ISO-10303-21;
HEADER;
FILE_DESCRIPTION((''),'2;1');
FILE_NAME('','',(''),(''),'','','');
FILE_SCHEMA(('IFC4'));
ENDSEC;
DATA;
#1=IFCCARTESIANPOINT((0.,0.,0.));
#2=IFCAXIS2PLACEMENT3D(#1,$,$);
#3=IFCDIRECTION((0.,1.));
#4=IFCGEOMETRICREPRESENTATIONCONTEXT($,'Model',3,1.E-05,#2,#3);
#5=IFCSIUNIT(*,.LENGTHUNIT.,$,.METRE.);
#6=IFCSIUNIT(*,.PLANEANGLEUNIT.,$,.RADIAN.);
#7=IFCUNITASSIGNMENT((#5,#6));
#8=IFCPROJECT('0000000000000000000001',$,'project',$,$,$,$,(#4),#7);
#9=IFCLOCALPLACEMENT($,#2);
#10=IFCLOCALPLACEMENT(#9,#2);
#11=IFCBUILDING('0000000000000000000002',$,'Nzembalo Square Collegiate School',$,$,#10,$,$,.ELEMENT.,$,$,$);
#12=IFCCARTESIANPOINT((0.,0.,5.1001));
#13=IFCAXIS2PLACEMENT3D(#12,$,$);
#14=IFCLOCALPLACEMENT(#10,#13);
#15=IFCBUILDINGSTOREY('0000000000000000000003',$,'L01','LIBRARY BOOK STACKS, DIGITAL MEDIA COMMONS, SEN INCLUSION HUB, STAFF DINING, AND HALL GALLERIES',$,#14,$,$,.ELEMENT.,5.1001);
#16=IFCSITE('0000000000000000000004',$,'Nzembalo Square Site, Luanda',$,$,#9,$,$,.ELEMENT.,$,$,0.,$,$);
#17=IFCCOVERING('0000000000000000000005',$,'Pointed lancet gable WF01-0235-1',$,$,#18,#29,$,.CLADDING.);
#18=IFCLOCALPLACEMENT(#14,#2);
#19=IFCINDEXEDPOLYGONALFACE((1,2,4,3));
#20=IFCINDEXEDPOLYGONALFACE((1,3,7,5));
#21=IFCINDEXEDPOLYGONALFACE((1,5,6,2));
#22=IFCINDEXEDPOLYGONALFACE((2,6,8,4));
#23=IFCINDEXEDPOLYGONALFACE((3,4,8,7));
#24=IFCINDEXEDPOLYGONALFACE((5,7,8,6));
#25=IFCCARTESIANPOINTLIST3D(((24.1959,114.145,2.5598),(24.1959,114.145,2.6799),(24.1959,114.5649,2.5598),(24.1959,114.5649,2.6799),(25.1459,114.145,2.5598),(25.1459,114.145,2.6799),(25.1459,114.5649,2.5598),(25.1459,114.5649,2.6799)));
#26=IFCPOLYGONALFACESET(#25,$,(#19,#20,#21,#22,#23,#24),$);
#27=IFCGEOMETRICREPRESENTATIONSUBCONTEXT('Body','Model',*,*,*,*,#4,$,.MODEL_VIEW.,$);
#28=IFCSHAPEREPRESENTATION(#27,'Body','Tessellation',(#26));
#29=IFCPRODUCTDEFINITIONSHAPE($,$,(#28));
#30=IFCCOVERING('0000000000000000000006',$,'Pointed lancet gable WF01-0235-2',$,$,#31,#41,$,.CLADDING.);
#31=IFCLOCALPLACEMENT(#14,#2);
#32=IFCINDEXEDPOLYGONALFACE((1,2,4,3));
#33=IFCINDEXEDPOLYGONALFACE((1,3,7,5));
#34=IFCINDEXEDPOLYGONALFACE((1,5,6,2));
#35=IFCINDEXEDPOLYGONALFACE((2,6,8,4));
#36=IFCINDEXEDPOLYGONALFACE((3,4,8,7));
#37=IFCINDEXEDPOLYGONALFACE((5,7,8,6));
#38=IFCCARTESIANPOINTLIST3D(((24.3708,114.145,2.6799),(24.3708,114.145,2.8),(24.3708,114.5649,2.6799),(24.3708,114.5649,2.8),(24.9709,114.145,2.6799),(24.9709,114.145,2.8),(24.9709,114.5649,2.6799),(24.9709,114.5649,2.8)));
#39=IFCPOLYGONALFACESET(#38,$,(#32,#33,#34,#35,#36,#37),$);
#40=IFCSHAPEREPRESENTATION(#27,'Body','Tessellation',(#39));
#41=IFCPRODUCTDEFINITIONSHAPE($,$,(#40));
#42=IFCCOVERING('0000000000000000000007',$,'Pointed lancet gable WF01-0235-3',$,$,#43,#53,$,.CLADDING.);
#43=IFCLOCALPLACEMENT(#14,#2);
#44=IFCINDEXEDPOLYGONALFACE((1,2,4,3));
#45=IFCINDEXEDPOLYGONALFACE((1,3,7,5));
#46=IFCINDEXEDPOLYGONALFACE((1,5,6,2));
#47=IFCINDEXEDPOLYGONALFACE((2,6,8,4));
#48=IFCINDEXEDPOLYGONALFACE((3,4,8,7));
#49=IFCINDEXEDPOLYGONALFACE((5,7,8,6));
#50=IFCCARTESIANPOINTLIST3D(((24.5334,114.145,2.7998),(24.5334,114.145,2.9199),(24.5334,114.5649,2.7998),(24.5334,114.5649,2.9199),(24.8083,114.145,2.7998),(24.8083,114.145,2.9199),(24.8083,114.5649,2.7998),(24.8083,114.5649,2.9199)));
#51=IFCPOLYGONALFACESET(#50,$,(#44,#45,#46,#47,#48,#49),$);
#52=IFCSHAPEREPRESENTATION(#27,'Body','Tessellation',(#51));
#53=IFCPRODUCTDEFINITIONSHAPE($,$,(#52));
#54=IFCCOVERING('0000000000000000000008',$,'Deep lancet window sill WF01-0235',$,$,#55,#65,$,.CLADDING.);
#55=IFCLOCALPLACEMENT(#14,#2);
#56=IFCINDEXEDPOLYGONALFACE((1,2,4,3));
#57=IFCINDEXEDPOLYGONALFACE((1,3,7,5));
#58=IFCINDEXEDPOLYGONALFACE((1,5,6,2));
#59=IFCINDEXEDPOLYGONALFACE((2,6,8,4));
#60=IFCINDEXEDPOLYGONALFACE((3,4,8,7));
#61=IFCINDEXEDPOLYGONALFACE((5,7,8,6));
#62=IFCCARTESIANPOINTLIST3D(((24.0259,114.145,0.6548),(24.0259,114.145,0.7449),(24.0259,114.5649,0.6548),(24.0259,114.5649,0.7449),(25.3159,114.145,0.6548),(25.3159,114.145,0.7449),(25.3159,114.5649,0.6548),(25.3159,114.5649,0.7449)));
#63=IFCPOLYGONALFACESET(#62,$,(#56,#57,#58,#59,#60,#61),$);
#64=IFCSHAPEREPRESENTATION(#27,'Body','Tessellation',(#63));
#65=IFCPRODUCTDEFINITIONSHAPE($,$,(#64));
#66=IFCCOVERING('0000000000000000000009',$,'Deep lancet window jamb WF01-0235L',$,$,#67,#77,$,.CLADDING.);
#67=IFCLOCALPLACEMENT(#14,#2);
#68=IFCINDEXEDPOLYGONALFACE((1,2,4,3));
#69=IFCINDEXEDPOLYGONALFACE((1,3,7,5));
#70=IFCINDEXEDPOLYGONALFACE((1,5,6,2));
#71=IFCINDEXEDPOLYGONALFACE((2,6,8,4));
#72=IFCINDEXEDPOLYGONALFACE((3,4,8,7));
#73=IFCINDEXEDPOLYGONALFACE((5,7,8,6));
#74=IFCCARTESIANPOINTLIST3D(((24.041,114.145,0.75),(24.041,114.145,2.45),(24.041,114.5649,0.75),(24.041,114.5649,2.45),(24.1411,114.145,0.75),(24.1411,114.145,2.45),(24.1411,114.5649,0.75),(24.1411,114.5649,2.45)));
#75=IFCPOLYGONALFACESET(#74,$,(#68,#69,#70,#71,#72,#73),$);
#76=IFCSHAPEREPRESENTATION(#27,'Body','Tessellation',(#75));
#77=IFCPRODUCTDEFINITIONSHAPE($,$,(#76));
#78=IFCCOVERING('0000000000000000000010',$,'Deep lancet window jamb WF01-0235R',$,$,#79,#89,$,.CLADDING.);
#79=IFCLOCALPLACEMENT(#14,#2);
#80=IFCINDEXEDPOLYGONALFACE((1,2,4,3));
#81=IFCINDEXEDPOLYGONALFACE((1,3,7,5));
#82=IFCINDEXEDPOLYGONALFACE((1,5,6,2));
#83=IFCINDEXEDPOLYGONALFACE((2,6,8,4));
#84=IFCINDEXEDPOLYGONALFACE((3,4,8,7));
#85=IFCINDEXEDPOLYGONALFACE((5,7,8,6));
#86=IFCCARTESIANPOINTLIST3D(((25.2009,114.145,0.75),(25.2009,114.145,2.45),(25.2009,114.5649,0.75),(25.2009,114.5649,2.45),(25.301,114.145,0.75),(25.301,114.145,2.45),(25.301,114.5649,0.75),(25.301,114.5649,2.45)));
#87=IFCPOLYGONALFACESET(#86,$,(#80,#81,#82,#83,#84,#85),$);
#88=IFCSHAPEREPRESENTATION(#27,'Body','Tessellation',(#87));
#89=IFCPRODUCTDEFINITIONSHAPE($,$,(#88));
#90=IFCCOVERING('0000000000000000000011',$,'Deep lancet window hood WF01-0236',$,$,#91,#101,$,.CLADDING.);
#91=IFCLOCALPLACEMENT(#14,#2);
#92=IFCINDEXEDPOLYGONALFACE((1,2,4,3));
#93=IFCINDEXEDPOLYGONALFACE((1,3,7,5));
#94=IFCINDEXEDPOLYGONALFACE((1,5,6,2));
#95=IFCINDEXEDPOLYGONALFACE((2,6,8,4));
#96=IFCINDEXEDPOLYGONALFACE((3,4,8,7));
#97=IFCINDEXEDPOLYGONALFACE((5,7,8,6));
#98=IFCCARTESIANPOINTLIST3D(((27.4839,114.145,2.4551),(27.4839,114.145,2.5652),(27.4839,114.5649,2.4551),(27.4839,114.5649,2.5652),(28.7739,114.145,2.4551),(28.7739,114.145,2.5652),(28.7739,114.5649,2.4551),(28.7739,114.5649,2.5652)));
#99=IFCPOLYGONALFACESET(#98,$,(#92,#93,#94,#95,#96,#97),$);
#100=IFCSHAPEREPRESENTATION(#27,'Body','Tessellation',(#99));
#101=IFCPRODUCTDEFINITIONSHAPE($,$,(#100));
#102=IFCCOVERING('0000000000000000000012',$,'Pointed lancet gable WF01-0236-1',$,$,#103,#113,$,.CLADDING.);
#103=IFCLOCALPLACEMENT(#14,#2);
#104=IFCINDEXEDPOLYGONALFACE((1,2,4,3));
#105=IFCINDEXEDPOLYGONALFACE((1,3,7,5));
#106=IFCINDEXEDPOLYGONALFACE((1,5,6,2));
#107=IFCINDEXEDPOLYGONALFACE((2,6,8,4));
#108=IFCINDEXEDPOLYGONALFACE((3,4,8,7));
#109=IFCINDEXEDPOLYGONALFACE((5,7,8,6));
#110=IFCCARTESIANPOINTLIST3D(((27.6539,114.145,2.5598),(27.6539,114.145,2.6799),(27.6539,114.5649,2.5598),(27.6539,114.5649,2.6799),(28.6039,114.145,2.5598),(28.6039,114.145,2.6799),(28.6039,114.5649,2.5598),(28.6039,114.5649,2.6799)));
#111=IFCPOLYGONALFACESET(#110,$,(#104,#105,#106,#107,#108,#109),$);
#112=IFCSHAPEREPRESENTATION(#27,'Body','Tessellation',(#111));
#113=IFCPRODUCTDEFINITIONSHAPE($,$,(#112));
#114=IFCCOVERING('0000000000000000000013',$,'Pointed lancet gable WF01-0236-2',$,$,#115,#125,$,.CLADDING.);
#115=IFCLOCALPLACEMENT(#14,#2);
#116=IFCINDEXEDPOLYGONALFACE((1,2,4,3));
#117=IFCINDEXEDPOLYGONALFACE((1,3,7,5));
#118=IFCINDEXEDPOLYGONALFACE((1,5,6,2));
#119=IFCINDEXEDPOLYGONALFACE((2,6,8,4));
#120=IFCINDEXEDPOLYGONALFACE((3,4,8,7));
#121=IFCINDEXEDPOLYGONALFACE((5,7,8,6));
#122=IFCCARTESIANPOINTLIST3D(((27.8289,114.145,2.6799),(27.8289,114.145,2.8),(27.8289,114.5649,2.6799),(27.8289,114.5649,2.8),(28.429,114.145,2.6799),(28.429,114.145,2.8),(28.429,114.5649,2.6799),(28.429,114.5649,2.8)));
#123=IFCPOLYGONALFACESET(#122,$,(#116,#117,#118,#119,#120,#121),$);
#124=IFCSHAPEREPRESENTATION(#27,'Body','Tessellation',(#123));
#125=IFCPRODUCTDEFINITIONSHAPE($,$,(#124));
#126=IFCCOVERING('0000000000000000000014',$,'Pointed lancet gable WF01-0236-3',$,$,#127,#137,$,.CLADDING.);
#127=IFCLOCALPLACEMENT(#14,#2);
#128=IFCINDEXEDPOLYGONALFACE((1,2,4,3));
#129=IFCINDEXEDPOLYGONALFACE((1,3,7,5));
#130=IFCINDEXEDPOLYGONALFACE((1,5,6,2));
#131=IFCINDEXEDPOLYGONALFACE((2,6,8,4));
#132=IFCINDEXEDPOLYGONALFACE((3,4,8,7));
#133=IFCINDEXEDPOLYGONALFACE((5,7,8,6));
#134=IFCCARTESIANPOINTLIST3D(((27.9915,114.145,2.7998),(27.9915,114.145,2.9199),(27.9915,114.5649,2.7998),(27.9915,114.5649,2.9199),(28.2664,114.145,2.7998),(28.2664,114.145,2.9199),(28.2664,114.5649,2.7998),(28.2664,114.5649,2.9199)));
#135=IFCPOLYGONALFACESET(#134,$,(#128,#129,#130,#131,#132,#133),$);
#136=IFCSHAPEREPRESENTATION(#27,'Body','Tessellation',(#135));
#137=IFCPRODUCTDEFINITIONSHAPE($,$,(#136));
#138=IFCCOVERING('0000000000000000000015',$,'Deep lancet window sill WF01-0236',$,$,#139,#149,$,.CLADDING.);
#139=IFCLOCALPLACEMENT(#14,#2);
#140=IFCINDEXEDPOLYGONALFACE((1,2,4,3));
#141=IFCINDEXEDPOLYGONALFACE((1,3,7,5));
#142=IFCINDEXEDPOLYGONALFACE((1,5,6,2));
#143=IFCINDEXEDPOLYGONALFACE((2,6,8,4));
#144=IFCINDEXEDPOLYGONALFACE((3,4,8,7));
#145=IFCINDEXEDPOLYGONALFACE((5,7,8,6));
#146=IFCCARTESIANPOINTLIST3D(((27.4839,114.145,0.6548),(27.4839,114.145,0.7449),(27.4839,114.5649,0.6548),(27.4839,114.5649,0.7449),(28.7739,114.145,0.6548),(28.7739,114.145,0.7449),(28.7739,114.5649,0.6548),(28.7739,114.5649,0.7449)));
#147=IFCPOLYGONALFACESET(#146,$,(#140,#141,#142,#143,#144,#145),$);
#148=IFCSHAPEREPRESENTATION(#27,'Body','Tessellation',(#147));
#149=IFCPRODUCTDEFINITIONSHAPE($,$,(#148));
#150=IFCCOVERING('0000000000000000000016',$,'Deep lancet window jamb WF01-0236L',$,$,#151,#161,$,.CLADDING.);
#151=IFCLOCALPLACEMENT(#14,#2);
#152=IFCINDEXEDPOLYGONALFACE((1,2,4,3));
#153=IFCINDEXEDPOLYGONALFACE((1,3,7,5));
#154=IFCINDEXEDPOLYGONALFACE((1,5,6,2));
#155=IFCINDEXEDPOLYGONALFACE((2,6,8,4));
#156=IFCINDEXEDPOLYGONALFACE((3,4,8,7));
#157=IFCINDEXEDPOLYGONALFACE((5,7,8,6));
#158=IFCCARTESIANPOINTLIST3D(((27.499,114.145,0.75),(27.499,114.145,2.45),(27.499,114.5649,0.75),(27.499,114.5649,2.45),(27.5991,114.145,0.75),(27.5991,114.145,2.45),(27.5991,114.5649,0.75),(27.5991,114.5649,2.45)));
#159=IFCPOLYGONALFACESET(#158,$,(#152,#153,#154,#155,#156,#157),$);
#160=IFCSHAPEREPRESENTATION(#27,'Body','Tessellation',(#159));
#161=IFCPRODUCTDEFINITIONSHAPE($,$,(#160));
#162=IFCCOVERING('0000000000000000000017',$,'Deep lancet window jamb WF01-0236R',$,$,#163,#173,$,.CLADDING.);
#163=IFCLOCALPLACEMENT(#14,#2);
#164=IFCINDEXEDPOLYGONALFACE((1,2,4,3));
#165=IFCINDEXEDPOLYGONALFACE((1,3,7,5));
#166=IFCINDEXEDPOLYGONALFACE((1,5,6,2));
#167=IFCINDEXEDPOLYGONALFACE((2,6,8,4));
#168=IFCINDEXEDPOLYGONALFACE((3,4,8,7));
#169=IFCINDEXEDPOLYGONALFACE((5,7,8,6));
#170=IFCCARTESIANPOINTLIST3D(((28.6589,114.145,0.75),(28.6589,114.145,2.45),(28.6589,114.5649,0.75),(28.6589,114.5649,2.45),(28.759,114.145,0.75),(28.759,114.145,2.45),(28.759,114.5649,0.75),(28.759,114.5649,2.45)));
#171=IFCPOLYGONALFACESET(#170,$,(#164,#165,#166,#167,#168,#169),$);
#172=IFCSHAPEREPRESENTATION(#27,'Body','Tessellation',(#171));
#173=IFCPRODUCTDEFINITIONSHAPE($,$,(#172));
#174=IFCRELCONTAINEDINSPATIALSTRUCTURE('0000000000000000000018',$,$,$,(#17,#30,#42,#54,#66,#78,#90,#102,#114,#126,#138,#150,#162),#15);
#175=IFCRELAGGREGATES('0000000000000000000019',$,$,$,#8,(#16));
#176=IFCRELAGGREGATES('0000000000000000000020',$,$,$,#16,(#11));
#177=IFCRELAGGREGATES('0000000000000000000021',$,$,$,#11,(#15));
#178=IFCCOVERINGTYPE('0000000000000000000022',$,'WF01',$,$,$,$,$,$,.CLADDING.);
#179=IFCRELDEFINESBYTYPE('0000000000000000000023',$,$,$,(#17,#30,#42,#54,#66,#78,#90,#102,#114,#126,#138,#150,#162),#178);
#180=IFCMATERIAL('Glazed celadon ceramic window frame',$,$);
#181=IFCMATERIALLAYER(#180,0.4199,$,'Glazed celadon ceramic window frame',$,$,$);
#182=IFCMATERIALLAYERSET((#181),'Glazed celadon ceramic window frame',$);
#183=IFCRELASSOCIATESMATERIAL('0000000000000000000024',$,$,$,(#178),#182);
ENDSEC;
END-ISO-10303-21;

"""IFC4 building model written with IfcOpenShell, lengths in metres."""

from ifc_helpers import new_model, si_unit, direction, frame, origin, origin_2d, place, context, subcontext, project, spatial, rectangle, extrude, material, layer, layer_set, type_object, element, save


model = new_model("IFC4")

# Units and contexts
model_context = context("Model", 3, precision=1e-05, world=origin(), true_north=direction((0.0, 1.0)))
body_context = subcontext(model_context, "Body", "Model", "MODEL_VIEW")
ifc_project = project(units=[si_unit("LENGTHUNIT", "METRE"), si_unit("PLANEANGLEUNIT", "RADIAN")], contexts=[model_context])

# Site, building, storey
site_placement = place(None, origin())
site = spatial("IfcSite", under=ifc_project, at=site_placement, Name="Nzembalo Square Site, Luanda", CompositionType="ELEMENT", RefElevation=0.0)
building_placement = place(site_placement, origin())
building = spatial("IfcBuilding", under=site, at=building_placement, Name="Nzembalo Square Collegiate School", CompositionType="ELEMENT")
storey_placement = place(building_placement, frame((0.0, 0.0, 5.1001)))
storey = spatial("IfcBuildingStorey", under=building, at=storey_placement, Name="L01", Description="LIBRARY BOOK STACKS, DIGITAL MEDIA COMMONS, SEN INCLUSION HUB, STAFF DINING, AND HALL GALLERIES", CompositionType="ELEMENT", Elevation=5.1001)

# Coverings
ifc_material_1 = material(Name="Glazed celadon ceramic window frame")
ifc_layer_1 = layer(ifc_material_1, 0.4199, Name="Glazed celadon ceramic window frame")
ifc_layer_set_1 = layer_set([ifc_layer_1], Name="Glazed celadon ceramic window frame")
covering_type_1 = type_object("IfcCoveringType", Name="WF01", PredefinedType="CLADDING", material=ifc_layer_set_1)
covering_1_placement = place(storey_placement, frame((24.6709, 114.355, 2.5598), z_axis=(0.0, 0.0, 1.0), x_axis=(1.0, 0.0, 0.0)))
element("IfcCovering", 1, at=covering_1_placement, inside=storey, type_object=covering_type_1, Name="Pointed lancet gable WF01-0235-1", PredefinedType="CLADDING", context=body_context, shape_type="SweptSolid", body=[
    extrude(rectangle(XDim=0.95, YDim=0.4199, at=origin_2d()), origin(), (0.0, 0.0, 1.0), 0.1201),
])
covering_2_placement = place(storey_placement, frame((24.6709, 114.355, 2.6799), z_axis=(0.0, 0.0, 1.0), x_axis=(1.0, 0.0, 0.0)))
element("IfcCovering", 2, at=covering_2_placement, inside=storey, type_object=covering_type_1, Name="Pointed lancet gable WF01-0235-2", PredefinedType="CLADDING", context=body_context, shape_type="SweptSolid", body=[
    extrude(rectangle(XDim=0.6001, YDim=0.4199, at=origin_2d()), origin(), (0.0, 0.0, 1.0), 0.1201),
])
covering_3_placement = place(storey_placement, frame((24.6709, 114.355, 2.7998), z_axis=(0.0, 0.0, 1.0), x_axis=(1.0, 0.0, 0.0)))
element("IfcCovering", 3, at=covering_3_placement, inside=storey, type_object=covering_type_1, Name="Pointed lancet gable WF01-0235-3", PredefinedType="CLADDING", context=body_context, shape_type="SweptSolid", body=[
    extrude(rectangle(XDim=0.2749, YDim=0.4199, at=origin_2d()), origin(), (0.0, 0.0, 1.0), 0.1201),
])
covering_4_placement = place(storey_placement, frame((24.6709, 114.355, 0.6548), z_axis=(0.0, 0.0, 1.0), x_axis=(1.0, 0.0, 0.0)))
element("IfcCovering", 4, at=covering_4_placement, inside=storey, type_object=covering_type_1, Name="Deep lancet window sill WF01-0235", PredefinedType="CLADDING", context=body_context, shape_type="SweptSolid", body=[
    extrude(rectangle(XDim=1.29, YDim=0.4199, at=origin_2d()), origin(), (0.0, 0.0, 1.0), 0.0901),
])
for number, where, z_axis, x_axis, name in (
    (5, (24.0911, 114.355, 0.75), (0.0, 0.0, 1.0), (1.0, 0.0, 0.0), "Deep lancet window jamb WF01-0235L"),
    (6, (25.251, 114.355, 0.75), (0.0, 0.0, 1.0), (1.0, 0.0, 0.0), "Deep lancet window jamb WF01-0235R"),
):
    element("IfcCovering", number, at=place(storey_placement, frame(where, z_axis=z_axis, x_axis=x_axis)), inside=storey, type_object=covering_type_1, Name=name, PredefinedType="CLADDING", context=body_context, shape_type="SweptSolid", body=[
        extrude(rectangle(XDim=0.1001, YDim=0.4199, at=origin_2d()), origin(), (0.0, 0.0, 1.0), 1.7),
    ])
covering_5_placement = place(storey_placement, frame((28.1289, 114.355, 2.4551), z_axis=(0.0, 0.0, 1.0), x_axis=(1.0, 0.0, 0.0)))
element("IfcCovering", 7, at=covering_5_placement, inside=storey, type_object=covering_type_1, Name="Deep lancet window hood WF01-0236", PredefinedType="CLADDING", context=body_context, shape_type="SweptSolid", body=[
    extrude(rectangle(XDim=1.29, YDim=0.4199, at=origin_2d()), origin(), (0.0, 0.0, 1.0), 0.1101),
])
covering_6_placement = place(storey_placement, frame((28.1289, 114.355, 2.5598), z_axis=(0.0, 0.0, 1.0), x_axis=(1.0, 0.0, 0.0)))
element("IfcCovering", 8, at=covering_6_placement, inside=storey, type_object=covering_type_1, Name="Pointed lancet gable WF01-0236-1", PredefinedType="CLADDING", context=body_context, shape_type="SweptSolid", body=[
    extrude(rectangle(XDim=0.95, YDim=0.4199, at=origin_2d()), origin(), (0.0, 0.0, 1.0), 0.1201),
])
covering_7_placement = place(storey_placement, frame((28.1289, 114.355, 2.6799), z_axis=(0.0, 0.0, 1.0), x_axis=(1.0, 0.0, 0.0)))
element("IfcCovering", 9, at=covering_7_placement, inside=storey, type_object=covering_type_1, Name="Pointed lancet gable WF01-0236-2", PredefinedType="CLADDING", context=body_context, shape_type="SweptSolid", body=[
    extrude(rectangle(XDim=0.6001, YDim=0.4199, at=origin_2d()), origin(), (0.0, 0.0, 1.0), 0.1201),
])
covering_8_placement = place(storey_placement, frame((28.1289, 114.355, 2.7998), z_axis=(0.0, 0.0, 1.0), x_axis=(1.0, 0.0, 0.0)))
element("IfcCovering", 10, at=covering_8_placement, inside=storey, type_object=covering_type_1, Name="Pointed lancet gable WF01-0236-3", PredefinedType="CLADDING", context=body_context, shape_type="SweptSolid", body=[
    extrude(rectangle(XDim=0.2749, YDim=0.4199, at=origin_2d()), origin(), (0.0, 0.0, 1.0), 0.1201),
])
covering_9_placement = place(storey_placement, frame((28.1289, 114.355, 0.6548), z_axis=(0.0, 0.0, 1.0), x_axis=(1.0, 0.0, 0.0)))
element("IfcCovering", 11, at=covering_9_placement, inside=storey, type_object=covering_type_1, Name="Deep lancet window sill WF01-0236", PredefinedType="CLADDING", context=body_context, shape_type="SweptSolid", body=[
    extrude(rectangle(XDim=1.29, YDim=0.4199, at=origin_2d()), origin(), (0.0, 0.0, 1.0), 0.0901),
])
for number, where, z_axis, x_axis, name in (
    (12, (27.5491, 114.355, 0.75), (0.0, 0.0, 1.0), (1.0, 0.0, 0.0), "Deep lancet window jamb WF01-0236L"),
    (13, (28.709, 114.355, 0.75), (0.0, 0.0, 1.0), (1.0, 0.0, 0.0), "Deep lancet window jamb WF01-0236R"),
):
    element("IfcCovering", number, at=place(storey_placement, frame(where, z_axis=z_axis, x_axis=x_axis)), inside=storey, type_object=covering_type_1, Name=name, PredefinedType="CLADDING", context=body_context, shape_type="SweptSolid", body=[
        extrude(rectangle(XDim=0.1001, YDim=0.4199, at=origin_2d()), origin(), (0.0, 0.0, 1.0), 1.7),
    ])

save(model, "model.ifc")
